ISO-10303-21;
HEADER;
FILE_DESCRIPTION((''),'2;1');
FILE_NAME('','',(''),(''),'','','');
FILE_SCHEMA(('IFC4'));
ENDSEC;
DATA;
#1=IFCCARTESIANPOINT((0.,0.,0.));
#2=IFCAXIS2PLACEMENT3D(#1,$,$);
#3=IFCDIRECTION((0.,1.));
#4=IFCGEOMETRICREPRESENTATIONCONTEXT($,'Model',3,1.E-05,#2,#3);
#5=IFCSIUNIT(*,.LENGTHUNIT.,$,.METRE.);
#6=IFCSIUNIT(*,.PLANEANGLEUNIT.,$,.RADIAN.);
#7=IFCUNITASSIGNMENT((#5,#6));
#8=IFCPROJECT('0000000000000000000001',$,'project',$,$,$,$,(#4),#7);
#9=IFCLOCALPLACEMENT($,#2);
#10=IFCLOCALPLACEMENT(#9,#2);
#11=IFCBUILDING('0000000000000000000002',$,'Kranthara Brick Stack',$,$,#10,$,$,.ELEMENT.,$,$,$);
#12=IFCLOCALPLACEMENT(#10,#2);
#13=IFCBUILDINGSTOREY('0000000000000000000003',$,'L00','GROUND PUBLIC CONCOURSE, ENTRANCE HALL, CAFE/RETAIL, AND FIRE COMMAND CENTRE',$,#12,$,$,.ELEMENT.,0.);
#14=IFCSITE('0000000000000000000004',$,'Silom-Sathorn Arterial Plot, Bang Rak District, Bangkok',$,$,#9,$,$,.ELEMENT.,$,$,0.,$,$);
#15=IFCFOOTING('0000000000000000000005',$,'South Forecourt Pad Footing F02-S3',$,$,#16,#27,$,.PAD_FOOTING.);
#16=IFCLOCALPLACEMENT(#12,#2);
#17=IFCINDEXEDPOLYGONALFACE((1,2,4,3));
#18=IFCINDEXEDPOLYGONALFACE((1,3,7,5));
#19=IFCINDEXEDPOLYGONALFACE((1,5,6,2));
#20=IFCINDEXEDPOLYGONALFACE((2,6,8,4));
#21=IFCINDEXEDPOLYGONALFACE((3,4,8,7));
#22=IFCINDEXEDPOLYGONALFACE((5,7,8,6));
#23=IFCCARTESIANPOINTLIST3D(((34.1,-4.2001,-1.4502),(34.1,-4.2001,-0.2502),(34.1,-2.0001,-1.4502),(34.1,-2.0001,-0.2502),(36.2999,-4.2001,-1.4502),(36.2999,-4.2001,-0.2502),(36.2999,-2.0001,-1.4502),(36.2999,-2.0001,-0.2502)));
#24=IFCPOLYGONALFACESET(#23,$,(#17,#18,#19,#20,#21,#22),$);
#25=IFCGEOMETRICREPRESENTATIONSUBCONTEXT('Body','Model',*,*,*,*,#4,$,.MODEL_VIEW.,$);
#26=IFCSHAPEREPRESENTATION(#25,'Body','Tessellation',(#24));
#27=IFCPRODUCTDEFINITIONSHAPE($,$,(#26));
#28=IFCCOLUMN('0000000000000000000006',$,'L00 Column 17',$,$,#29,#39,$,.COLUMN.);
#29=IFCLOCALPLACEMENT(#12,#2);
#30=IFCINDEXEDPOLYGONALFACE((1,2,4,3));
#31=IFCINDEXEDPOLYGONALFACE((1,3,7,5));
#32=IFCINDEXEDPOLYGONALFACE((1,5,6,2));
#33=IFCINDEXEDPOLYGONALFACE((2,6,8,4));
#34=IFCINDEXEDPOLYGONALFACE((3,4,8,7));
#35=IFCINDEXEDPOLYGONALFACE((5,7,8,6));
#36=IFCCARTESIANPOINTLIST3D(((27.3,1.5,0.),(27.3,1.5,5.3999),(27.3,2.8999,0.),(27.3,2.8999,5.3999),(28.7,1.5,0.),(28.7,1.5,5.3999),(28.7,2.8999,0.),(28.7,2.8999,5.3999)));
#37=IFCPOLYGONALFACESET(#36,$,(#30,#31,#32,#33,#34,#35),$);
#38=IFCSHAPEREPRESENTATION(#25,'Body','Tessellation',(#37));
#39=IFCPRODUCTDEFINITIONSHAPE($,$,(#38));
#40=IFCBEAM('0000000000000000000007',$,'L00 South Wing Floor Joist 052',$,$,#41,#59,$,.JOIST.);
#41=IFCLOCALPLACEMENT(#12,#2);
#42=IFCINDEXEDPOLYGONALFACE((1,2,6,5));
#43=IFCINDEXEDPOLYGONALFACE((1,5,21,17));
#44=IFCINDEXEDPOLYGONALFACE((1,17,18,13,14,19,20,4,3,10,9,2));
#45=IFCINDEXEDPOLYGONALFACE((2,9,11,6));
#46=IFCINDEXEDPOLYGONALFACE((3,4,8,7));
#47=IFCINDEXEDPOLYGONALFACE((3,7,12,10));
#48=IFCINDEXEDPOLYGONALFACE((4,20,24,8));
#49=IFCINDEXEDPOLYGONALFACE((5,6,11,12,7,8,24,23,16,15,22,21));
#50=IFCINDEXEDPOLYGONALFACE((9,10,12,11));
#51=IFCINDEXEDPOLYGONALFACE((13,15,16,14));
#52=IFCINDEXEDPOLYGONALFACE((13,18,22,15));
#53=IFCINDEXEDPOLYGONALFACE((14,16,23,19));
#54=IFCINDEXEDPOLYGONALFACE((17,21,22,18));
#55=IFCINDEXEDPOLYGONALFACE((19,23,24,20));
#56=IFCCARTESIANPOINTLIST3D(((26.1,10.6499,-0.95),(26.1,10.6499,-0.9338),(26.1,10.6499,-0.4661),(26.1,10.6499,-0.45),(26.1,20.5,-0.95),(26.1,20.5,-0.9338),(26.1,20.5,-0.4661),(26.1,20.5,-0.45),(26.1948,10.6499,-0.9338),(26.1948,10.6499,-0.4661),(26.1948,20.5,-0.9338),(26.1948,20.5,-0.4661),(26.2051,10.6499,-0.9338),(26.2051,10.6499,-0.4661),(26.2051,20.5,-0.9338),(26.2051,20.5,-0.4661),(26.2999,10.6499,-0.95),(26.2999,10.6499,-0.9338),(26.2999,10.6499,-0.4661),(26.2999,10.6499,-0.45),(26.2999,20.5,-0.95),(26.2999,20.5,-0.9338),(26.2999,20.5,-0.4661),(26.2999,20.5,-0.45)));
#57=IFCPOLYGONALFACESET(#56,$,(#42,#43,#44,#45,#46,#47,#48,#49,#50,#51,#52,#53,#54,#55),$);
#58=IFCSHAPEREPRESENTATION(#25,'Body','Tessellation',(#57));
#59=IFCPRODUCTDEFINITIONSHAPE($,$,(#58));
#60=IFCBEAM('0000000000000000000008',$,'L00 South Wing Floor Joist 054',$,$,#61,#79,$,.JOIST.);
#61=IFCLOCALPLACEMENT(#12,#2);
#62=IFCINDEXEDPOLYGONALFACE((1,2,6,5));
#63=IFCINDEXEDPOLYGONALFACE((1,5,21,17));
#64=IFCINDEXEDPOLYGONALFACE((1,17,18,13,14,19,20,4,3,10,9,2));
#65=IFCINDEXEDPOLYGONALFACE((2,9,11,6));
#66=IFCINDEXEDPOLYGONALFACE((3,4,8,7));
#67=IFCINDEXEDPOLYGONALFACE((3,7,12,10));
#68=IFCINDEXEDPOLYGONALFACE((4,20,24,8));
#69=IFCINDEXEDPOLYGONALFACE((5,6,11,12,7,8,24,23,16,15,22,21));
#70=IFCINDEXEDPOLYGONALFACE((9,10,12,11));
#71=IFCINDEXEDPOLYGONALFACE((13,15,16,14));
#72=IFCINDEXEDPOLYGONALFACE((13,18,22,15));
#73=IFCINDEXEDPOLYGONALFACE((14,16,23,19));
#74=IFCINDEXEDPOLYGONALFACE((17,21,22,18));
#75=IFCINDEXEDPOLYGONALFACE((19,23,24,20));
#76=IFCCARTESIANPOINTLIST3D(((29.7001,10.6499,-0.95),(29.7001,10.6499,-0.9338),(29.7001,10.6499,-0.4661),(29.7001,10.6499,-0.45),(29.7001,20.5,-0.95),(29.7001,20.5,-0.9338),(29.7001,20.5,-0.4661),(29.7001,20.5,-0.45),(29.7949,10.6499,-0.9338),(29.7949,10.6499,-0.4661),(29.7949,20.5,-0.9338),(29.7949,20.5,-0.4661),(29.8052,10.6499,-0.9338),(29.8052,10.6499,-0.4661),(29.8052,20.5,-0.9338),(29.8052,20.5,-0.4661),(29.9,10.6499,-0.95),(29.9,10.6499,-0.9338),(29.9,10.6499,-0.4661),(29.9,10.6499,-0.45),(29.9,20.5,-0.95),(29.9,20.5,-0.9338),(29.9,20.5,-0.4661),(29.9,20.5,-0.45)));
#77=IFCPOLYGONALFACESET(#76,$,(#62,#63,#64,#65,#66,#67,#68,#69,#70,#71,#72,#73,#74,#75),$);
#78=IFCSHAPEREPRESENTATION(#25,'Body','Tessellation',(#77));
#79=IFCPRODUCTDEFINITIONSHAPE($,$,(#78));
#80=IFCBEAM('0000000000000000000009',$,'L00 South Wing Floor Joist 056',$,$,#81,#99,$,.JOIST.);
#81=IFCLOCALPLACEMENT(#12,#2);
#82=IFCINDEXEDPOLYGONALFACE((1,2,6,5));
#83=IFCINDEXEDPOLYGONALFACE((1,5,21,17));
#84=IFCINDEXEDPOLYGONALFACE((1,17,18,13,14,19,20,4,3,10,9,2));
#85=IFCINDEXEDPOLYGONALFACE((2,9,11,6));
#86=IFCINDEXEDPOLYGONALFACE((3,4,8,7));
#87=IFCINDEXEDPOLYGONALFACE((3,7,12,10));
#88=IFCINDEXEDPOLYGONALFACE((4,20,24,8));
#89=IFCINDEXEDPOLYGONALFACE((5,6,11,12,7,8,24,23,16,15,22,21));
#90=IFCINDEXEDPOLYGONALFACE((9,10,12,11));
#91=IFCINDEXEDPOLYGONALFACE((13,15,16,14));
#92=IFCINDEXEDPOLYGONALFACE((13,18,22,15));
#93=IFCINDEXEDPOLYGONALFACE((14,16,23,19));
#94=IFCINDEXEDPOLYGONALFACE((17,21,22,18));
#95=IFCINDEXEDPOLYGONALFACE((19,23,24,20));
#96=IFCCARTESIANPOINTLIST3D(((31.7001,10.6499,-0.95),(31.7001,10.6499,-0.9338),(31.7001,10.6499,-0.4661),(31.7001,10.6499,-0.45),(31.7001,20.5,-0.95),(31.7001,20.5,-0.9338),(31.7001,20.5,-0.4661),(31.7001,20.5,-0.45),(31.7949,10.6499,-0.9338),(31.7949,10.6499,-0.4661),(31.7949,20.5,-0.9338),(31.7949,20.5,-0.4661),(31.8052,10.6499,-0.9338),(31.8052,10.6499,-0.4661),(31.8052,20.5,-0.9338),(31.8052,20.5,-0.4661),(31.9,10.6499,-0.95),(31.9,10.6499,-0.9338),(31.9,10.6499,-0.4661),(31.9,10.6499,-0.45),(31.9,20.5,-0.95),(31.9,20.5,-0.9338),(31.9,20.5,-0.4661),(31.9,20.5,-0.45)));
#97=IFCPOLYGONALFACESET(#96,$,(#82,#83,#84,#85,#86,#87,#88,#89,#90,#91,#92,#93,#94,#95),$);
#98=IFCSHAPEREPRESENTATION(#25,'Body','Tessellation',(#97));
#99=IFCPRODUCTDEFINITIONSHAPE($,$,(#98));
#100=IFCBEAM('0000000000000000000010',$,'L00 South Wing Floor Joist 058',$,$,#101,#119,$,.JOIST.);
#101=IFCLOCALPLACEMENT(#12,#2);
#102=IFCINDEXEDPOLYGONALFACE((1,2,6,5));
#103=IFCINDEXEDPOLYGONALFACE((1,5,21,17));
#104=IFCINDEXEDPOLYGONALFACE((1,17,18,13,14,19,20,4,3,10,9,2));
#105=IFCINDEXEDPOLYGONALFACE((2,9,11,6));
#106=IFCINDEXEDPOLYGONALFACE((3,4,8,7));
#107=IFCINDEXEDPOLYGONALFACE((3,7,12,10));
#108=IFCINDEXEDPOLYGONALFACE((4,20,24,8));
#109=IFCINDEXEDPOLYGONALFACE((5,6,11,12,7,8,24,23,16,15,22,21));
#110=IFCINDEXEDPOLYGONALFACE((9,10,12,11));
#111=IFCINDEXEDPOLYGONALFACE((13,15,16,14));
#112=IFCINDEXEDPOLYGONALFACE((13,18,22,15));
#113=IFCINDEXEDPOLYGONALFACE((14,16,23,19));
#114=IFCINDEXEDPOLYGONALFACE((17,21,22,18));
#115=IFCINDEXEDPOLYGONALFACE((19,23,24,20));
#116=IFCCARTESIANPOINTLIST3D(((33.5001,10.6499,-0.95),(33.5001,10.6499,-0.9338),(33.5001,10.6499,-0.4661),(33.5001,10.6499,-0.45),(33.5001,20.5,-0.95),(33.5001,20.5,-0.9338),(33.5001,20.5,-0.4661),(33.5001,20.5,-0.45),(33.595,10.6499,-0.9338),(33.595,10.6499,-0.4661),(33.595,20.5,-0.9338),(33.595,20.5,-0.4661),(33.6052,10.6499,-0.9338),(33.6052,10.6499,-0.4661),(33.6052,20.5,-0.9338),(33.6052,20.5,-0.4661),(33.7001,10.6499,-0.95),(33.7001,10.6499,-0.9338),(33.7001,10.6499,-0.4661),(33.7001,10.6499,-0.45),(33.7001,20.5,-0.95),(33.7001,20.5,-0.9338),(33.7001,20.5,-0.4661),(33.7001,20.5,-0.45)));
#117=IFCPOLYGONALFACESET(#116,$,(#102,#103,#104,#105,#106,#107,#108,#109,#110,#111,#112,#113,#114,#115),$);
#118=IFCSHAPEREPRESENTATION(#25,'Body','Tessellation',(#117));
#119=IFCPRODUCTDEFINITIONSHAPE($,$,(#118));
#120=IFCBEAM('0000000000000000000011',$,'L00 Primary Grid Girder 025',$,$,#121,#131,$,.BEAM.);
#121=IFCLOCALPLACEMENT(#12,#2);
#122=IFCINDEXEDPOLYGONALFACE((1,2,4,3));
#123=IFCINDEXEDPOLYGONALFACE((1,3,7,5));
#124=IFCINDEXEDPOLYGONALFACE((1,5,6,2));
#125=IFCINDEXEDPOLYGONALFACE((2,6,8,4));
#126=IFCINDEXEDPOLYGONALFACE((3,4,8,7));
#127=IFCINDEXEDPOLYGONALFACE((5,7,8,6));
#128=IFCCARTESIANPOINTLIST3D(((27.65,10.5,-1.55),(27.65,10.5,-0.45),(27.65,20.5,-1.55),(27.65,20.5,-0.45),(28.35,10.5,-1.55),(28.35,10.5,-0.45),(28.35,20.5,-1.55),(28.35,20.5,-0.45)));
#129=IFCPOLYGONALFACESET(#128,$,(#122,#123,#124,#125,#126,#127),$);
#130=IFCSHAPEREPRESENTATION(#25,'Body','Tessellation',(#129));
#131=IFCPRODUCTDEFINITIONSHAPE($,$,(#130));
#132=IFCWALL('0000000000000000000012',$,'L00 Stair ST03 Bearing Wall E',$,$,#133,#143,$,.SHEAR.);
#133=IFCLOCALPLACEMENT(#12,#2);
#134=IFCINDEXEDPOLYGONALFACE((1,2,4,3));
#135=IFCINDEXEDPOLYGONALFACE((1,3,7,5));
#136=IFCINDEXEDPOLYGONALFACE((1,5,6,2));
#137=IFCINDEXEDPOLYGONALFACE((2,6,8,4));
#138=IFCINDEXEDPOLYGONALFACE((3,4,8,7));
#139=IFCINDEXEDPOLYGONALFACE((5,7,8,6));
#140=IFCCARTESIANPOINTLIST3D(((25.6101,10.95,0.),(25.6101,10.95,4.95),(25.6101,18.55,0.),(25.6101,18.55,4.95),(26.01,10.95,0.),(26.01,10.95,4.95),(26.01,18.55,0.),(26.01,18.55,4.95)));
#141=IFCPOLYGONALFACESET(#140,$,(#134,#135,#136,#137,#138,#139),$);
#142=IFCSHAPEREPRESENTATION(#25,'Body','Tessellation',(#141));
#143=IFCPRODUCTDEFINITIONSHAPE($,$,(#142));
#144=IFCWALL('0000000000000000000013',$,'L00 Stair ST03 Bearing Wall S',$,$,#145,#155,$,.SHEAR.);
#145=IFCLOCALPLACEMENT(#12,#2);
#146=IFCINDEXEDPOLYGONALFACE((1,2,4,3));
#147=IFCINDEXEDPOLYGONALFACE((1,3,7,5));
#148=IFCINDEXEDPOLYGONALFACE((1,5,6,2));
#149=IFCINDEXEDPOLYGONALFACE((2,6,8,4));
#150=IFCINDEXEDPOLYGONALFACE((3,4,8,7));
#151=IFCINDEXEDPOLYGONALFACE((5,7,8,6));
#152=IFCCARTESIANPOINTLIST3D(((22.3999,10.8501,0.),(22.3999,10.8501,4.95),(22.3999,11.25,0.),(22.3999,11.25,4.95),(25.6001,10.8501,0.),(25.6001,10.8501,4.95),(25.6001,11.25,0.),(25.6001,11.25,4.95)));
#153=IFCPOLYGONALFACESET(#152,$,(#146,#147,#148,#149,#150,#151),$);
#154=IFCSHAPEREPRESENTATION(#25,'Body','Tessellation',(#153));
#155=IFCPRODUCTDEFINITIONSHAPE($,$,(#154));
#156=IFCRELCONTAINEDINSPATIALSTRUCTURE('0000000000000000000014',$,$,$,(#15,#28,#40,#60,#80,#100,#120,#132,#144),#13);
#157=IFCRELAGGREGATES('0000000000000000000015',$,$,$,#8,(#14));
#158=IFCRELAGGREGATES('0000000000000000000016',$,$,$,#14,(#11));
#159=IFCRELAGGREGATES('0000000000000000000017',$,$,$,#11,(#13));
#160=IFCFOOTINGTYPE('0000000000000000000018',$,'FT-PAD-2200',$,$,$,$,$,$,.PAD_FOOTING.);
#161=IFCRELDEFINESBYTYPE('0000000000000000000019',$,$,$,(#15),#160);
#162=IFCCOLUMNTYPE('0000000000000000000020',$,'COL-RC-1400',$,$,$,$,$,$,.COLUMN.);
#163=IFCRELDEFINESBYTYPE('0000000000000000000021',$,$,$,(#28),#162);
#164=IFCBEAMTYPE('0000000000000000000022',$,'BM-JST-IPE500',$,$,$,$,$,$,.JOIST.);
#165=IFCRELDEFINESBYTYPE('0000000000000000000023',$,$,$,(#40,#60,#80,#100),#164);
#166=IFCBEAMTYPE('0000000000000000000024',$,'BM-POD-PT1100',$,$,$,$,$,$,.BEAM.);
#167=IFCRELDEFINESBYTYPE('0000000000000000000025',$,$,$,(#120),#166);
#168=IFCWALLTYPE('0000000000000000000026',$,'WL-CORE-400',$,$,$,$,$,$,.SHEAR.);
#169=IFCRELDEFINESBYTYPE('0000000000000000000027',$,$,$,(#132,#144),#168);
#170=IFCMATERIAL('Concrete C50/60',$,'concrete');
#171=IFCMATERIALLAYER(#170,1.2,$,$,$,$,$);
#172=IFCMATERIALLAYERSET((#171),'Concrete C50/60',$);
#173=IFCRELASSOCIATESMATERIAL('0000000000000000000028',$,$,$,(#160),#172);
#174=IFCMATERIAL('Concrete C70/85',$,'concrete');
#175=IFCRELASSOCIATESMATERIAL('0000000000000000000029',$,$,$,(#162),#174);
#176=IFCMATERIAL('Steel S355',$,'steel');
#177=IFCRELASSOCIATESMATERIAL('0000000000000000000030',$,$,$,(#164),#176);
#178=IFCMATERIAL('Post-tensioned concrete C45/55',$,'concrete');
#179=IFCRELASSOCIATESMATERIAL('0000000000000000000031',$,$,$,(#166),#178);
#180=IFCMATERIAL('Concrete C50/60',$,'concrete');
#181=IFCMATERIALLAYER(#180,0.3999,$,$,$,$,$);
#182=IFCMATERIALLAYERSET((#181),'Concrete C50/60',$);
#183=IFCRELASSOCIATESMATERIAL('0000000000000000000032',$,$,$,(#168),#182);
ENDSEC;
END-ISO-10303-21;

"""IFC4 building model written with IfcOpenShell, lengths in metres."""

from ifc_helpers import new_model, si_unit, direction, frame, frame_2d, origin, origin_2d, place, context, subcontext, project, spatial, rectangle, i_section, extrude, material, layer, layer_set, material_profile, profile_set, type_object, element, save


model = new_model("IFC4")

# Units and contexts
model_context = context("Model", 3, precision=1e-05, world=origin(), true_north=direction((0.0, 1.0)))
body_context = subcontext(model_context, "Body", "Model", "MODEL_VIEW")
ifc_project = project(units=[si_unit("LENGTHUNIT", "METRE"), si_unit("PLANEANGLEUNIT", "RADIAN")], contexts=[model_context])

# Site, building, storey
site_placement = place(None, origin())
site = spatial("IfcSite", under=ifc_project, at=site_placement, Name="Silom-Sathorn Arterial Plot, Bang Rak District, Bangkok", CompositionType="ELEMENT", RefElevation=0.0)
building_placement = place(site_placement, origin())
building = spatial("IfcBuilding", under=site, at=building_placement, Name="Kranthara Brick Stack", CompositionType="ELEMENT")
storey_placement = place(building_placement, origin())
storey = spatial("IfcBuildingStorey", under=building, at=storey_placement, Name="L00", Description="GROUND PUBLIC CONCOURSE, ENTRANCE HALL, CAFE/RETAIL, AND FIRE COMMAND CENTRE", CompositionType="ELEMENT", Elevation=0.0)

# Footing
ifc_material_1 = material(Name="Concrete C50/60", Category="concrete")
ifc_layer_1 = layer(ifc_material_1, 1.2)
ifc_layer_set_1 = layer_set([ifc_layer_1], Name="Concrete C50/60")
footing_type = type_object("IfcFootingType", Name="FT-PAD-2200", PredefinedType="PAD_FOOTING", material=ifc_layer_set_1)
footing_placement = place(storey_placement, frame((35.2, -3.1001, -1.4502), z_axis=(0.0, 0.0, 1.0), x_axis=(1.0, 0.0, 0.0)))
element("IfcFooting", 1, at=footing_placement, inside=storey, type_object=footing_type, Name="South Forecourt Pad Footing F02-S3", PredefinedType="PAD_FOOTING", context=body_context, shape_type="SweptSolid", body=[
    extrude(rectangle(XDim=2.2, YDim=2.2, at=origin_2d()), origin(), (0.0, 0.0, 1.0), 1.2),
])

# Column
ifc_material_2 = material(Name="Concrete C70/85", Category="concrete")
ifc_material_profile_1 = material_profile(ifc_material_2, rectangle(XDim=1.3999, YDim=1.3999, at=origin_2d()), Name="RC 1400x1400")
ifc_profile_set_1 = profile_set([ifc_material_profile_1], Name="Concrete C70/85")
column_type = type_object("IfcColumnType", Name="COL-RC-1400", PredefinedType="COLUMN", material=ifc_profile_set_1)
column_placement = place(storey_placement, frame((28.0, 2.2, 0.0), z_axis=(0.0, 0.0, 1.0), x_axis=(1.0, 0.0, 0.0)))
element("IfcColumn", 2, at=column_placement, inside=storey, type_object=column_type, Name="L00 Column 17", PredefinedType="COLUMN", context=body_context, shape_type="SweptSolid", body=[
    extrude(rectangle(XDim=1.3999, YDim=1.3999, at=origin_2d()), origin(), (0.0, 0.0, 1.0), 5.3999),
])

# Beams
ifc_material_3 = material(Name="Steel S355", Category="steel")
ifc_material_profile_2 = material_profile(ifc_material_3, i_section(OverallWidth=0.2, OverallDepth=0.5, WebThickness=0.0103, FlangeThickness=0.0161, at=origin_2d()), Name="IPE 500")
ifc_profile_set_2 = profile_set([ifc_material_profile_2], Name="Steel S355")
beam_type_1 = type_object("IfcBeamType", Name="BM-JST-IPE500", PredefinedType="JOIST", material=ifc_profile_set_2)
for number, where, z_axis, x_axis, name in (
    (3, (26.2, 10.6499, -0.7), (0.0, 1.0, 0.0), (-1.0, 0.0, 0.0), "L00 South Wing Floor Joist 052"),
    (4, (29.8, 10.6499, -0.7), (0.0, 1.0, 0.0), (-1.0, 0.0, 0.0), "L00 South Wing Floor Joist 054"),
    (5, (31.8, 10.6499, -0.7), (0.0, 1.0, 0.0), (-1.0, 0.0, 0.0), "L00 South Wing Floor Joist 056"),
    (6, (33.6001, 10.6499, -0.7), (0.0, 1.0, 0.0), (-1.0, 0.0, 0.0), "L00 South Wing Floor Joist 058"),
):
    element("IfcBeam", number, at=place(storey_placement, frame(where, z_axis=z_axis, x_axis=x_axis)), inside=storey, type_object=beam_type_1, Name=name, PredefinedType="JOIST", context=body_context, shape_type="SweptSolid", body=[
        extrude(i_section(OverallWidth=0.2, OverallDepth=0.5, WebThickness=0.0103, FlangeThickness=0.0161, at=origin_2d()), origin(), (0.0, 0.0, 1.0), 9.8501),
    ])
ifc_material_4 = material(Name="Post-tensioned concrete C45/55", Category="concrete")
ifc_material_profile_3 = material_profile(ifc_material_4, rectangle(XDim=0.7, YDim=1.1001, at=origin_2d()), Name="PT 700x1100")
ifc_profile_set_3 = profile_set([ifc_material_profile_3], Name="Post-tensioned concrete C45/55")
beam_type_2 = type_object("IfcBeamType", Name="BM-POD-PT1100", PredefinedType="BEAM", material=ifc_profile_set_3)
beam_placement = place(storey_placement, frame((28.0, 10.5, -1.0), z_axis=(0.0, 1.0, 0.0), x_axis=(-1.0, 0.0, 0.0)))
element("IfcBeam", 7, at=beam_placement, inside=storey, type_object=beam_type_2, Name="L00 Primary Grid Girder 025", PredefinedType="BEAM", context=body_context, shape_type="SweptSolid", body=[
    extrude(rectangle(XDim=0.7, YDim=1.1001, at=origin_2d()), origin(), (0.0, 0.0, 1.0), 10.0),
])

# Walls
ifc_material_5 = material(Name="Concrete C50/60", Category="concrete")
ifc_layer_2 = layer(ifc_material_5, 0.3999)
ifc_layer_set_2 = layer_set([ifc_layer_2], Name="Concrete C50/60")
wall_type_1 = type_object("IfcWallType", Name="WL-CORE-400", PredefinedType="SHEAR", material=ifc_layer_set_2)
wall_1_placement = place(storey_placement, frame((25.8101, 10.95, 0.0), z_axis=(0.0, 0.0, 1.0), x_axis=(0.0, 1.0, 0.0)))
element("IfcWall", 8, at=wall_1_placement, inside=storey, type_object=wall_type_1, Name="L00 Stair ST03 Bearing Wall E", PredefinedType="SHEAR", context=body_context, shape_type="SweptSolid", body=[
    extrude(rectangle(XDim=7.6001, YDim=0.3999, at=frame_2d((3.8, 0.0))), origin(), (0.0, 0.0, 1.0), 4.95),
])
wall_2_placement = place(storey_placement, frame((22.3999, 11.05, 0.0), z_axis=(0.0, 0.0, 1.0), x_axis=(1.0, 0.0, 0.0)))
element("IfcWall", 9, at=wall_2_placement, inside=storey, type_object=wall_type_1, Name="L00 Stair ST03 Bearing Wall S", PredefinedType="SHEAR", context=body_context, shape_type="SweptSolid", body=[
    extrude(rectangle(XDim=3.2002, YDim=0.3999, at=frame_2d((1.6001, 0.0))), origin(), (0.0, 0.0, 1.0), 4.95),
])

save(model, "model.ifc")
